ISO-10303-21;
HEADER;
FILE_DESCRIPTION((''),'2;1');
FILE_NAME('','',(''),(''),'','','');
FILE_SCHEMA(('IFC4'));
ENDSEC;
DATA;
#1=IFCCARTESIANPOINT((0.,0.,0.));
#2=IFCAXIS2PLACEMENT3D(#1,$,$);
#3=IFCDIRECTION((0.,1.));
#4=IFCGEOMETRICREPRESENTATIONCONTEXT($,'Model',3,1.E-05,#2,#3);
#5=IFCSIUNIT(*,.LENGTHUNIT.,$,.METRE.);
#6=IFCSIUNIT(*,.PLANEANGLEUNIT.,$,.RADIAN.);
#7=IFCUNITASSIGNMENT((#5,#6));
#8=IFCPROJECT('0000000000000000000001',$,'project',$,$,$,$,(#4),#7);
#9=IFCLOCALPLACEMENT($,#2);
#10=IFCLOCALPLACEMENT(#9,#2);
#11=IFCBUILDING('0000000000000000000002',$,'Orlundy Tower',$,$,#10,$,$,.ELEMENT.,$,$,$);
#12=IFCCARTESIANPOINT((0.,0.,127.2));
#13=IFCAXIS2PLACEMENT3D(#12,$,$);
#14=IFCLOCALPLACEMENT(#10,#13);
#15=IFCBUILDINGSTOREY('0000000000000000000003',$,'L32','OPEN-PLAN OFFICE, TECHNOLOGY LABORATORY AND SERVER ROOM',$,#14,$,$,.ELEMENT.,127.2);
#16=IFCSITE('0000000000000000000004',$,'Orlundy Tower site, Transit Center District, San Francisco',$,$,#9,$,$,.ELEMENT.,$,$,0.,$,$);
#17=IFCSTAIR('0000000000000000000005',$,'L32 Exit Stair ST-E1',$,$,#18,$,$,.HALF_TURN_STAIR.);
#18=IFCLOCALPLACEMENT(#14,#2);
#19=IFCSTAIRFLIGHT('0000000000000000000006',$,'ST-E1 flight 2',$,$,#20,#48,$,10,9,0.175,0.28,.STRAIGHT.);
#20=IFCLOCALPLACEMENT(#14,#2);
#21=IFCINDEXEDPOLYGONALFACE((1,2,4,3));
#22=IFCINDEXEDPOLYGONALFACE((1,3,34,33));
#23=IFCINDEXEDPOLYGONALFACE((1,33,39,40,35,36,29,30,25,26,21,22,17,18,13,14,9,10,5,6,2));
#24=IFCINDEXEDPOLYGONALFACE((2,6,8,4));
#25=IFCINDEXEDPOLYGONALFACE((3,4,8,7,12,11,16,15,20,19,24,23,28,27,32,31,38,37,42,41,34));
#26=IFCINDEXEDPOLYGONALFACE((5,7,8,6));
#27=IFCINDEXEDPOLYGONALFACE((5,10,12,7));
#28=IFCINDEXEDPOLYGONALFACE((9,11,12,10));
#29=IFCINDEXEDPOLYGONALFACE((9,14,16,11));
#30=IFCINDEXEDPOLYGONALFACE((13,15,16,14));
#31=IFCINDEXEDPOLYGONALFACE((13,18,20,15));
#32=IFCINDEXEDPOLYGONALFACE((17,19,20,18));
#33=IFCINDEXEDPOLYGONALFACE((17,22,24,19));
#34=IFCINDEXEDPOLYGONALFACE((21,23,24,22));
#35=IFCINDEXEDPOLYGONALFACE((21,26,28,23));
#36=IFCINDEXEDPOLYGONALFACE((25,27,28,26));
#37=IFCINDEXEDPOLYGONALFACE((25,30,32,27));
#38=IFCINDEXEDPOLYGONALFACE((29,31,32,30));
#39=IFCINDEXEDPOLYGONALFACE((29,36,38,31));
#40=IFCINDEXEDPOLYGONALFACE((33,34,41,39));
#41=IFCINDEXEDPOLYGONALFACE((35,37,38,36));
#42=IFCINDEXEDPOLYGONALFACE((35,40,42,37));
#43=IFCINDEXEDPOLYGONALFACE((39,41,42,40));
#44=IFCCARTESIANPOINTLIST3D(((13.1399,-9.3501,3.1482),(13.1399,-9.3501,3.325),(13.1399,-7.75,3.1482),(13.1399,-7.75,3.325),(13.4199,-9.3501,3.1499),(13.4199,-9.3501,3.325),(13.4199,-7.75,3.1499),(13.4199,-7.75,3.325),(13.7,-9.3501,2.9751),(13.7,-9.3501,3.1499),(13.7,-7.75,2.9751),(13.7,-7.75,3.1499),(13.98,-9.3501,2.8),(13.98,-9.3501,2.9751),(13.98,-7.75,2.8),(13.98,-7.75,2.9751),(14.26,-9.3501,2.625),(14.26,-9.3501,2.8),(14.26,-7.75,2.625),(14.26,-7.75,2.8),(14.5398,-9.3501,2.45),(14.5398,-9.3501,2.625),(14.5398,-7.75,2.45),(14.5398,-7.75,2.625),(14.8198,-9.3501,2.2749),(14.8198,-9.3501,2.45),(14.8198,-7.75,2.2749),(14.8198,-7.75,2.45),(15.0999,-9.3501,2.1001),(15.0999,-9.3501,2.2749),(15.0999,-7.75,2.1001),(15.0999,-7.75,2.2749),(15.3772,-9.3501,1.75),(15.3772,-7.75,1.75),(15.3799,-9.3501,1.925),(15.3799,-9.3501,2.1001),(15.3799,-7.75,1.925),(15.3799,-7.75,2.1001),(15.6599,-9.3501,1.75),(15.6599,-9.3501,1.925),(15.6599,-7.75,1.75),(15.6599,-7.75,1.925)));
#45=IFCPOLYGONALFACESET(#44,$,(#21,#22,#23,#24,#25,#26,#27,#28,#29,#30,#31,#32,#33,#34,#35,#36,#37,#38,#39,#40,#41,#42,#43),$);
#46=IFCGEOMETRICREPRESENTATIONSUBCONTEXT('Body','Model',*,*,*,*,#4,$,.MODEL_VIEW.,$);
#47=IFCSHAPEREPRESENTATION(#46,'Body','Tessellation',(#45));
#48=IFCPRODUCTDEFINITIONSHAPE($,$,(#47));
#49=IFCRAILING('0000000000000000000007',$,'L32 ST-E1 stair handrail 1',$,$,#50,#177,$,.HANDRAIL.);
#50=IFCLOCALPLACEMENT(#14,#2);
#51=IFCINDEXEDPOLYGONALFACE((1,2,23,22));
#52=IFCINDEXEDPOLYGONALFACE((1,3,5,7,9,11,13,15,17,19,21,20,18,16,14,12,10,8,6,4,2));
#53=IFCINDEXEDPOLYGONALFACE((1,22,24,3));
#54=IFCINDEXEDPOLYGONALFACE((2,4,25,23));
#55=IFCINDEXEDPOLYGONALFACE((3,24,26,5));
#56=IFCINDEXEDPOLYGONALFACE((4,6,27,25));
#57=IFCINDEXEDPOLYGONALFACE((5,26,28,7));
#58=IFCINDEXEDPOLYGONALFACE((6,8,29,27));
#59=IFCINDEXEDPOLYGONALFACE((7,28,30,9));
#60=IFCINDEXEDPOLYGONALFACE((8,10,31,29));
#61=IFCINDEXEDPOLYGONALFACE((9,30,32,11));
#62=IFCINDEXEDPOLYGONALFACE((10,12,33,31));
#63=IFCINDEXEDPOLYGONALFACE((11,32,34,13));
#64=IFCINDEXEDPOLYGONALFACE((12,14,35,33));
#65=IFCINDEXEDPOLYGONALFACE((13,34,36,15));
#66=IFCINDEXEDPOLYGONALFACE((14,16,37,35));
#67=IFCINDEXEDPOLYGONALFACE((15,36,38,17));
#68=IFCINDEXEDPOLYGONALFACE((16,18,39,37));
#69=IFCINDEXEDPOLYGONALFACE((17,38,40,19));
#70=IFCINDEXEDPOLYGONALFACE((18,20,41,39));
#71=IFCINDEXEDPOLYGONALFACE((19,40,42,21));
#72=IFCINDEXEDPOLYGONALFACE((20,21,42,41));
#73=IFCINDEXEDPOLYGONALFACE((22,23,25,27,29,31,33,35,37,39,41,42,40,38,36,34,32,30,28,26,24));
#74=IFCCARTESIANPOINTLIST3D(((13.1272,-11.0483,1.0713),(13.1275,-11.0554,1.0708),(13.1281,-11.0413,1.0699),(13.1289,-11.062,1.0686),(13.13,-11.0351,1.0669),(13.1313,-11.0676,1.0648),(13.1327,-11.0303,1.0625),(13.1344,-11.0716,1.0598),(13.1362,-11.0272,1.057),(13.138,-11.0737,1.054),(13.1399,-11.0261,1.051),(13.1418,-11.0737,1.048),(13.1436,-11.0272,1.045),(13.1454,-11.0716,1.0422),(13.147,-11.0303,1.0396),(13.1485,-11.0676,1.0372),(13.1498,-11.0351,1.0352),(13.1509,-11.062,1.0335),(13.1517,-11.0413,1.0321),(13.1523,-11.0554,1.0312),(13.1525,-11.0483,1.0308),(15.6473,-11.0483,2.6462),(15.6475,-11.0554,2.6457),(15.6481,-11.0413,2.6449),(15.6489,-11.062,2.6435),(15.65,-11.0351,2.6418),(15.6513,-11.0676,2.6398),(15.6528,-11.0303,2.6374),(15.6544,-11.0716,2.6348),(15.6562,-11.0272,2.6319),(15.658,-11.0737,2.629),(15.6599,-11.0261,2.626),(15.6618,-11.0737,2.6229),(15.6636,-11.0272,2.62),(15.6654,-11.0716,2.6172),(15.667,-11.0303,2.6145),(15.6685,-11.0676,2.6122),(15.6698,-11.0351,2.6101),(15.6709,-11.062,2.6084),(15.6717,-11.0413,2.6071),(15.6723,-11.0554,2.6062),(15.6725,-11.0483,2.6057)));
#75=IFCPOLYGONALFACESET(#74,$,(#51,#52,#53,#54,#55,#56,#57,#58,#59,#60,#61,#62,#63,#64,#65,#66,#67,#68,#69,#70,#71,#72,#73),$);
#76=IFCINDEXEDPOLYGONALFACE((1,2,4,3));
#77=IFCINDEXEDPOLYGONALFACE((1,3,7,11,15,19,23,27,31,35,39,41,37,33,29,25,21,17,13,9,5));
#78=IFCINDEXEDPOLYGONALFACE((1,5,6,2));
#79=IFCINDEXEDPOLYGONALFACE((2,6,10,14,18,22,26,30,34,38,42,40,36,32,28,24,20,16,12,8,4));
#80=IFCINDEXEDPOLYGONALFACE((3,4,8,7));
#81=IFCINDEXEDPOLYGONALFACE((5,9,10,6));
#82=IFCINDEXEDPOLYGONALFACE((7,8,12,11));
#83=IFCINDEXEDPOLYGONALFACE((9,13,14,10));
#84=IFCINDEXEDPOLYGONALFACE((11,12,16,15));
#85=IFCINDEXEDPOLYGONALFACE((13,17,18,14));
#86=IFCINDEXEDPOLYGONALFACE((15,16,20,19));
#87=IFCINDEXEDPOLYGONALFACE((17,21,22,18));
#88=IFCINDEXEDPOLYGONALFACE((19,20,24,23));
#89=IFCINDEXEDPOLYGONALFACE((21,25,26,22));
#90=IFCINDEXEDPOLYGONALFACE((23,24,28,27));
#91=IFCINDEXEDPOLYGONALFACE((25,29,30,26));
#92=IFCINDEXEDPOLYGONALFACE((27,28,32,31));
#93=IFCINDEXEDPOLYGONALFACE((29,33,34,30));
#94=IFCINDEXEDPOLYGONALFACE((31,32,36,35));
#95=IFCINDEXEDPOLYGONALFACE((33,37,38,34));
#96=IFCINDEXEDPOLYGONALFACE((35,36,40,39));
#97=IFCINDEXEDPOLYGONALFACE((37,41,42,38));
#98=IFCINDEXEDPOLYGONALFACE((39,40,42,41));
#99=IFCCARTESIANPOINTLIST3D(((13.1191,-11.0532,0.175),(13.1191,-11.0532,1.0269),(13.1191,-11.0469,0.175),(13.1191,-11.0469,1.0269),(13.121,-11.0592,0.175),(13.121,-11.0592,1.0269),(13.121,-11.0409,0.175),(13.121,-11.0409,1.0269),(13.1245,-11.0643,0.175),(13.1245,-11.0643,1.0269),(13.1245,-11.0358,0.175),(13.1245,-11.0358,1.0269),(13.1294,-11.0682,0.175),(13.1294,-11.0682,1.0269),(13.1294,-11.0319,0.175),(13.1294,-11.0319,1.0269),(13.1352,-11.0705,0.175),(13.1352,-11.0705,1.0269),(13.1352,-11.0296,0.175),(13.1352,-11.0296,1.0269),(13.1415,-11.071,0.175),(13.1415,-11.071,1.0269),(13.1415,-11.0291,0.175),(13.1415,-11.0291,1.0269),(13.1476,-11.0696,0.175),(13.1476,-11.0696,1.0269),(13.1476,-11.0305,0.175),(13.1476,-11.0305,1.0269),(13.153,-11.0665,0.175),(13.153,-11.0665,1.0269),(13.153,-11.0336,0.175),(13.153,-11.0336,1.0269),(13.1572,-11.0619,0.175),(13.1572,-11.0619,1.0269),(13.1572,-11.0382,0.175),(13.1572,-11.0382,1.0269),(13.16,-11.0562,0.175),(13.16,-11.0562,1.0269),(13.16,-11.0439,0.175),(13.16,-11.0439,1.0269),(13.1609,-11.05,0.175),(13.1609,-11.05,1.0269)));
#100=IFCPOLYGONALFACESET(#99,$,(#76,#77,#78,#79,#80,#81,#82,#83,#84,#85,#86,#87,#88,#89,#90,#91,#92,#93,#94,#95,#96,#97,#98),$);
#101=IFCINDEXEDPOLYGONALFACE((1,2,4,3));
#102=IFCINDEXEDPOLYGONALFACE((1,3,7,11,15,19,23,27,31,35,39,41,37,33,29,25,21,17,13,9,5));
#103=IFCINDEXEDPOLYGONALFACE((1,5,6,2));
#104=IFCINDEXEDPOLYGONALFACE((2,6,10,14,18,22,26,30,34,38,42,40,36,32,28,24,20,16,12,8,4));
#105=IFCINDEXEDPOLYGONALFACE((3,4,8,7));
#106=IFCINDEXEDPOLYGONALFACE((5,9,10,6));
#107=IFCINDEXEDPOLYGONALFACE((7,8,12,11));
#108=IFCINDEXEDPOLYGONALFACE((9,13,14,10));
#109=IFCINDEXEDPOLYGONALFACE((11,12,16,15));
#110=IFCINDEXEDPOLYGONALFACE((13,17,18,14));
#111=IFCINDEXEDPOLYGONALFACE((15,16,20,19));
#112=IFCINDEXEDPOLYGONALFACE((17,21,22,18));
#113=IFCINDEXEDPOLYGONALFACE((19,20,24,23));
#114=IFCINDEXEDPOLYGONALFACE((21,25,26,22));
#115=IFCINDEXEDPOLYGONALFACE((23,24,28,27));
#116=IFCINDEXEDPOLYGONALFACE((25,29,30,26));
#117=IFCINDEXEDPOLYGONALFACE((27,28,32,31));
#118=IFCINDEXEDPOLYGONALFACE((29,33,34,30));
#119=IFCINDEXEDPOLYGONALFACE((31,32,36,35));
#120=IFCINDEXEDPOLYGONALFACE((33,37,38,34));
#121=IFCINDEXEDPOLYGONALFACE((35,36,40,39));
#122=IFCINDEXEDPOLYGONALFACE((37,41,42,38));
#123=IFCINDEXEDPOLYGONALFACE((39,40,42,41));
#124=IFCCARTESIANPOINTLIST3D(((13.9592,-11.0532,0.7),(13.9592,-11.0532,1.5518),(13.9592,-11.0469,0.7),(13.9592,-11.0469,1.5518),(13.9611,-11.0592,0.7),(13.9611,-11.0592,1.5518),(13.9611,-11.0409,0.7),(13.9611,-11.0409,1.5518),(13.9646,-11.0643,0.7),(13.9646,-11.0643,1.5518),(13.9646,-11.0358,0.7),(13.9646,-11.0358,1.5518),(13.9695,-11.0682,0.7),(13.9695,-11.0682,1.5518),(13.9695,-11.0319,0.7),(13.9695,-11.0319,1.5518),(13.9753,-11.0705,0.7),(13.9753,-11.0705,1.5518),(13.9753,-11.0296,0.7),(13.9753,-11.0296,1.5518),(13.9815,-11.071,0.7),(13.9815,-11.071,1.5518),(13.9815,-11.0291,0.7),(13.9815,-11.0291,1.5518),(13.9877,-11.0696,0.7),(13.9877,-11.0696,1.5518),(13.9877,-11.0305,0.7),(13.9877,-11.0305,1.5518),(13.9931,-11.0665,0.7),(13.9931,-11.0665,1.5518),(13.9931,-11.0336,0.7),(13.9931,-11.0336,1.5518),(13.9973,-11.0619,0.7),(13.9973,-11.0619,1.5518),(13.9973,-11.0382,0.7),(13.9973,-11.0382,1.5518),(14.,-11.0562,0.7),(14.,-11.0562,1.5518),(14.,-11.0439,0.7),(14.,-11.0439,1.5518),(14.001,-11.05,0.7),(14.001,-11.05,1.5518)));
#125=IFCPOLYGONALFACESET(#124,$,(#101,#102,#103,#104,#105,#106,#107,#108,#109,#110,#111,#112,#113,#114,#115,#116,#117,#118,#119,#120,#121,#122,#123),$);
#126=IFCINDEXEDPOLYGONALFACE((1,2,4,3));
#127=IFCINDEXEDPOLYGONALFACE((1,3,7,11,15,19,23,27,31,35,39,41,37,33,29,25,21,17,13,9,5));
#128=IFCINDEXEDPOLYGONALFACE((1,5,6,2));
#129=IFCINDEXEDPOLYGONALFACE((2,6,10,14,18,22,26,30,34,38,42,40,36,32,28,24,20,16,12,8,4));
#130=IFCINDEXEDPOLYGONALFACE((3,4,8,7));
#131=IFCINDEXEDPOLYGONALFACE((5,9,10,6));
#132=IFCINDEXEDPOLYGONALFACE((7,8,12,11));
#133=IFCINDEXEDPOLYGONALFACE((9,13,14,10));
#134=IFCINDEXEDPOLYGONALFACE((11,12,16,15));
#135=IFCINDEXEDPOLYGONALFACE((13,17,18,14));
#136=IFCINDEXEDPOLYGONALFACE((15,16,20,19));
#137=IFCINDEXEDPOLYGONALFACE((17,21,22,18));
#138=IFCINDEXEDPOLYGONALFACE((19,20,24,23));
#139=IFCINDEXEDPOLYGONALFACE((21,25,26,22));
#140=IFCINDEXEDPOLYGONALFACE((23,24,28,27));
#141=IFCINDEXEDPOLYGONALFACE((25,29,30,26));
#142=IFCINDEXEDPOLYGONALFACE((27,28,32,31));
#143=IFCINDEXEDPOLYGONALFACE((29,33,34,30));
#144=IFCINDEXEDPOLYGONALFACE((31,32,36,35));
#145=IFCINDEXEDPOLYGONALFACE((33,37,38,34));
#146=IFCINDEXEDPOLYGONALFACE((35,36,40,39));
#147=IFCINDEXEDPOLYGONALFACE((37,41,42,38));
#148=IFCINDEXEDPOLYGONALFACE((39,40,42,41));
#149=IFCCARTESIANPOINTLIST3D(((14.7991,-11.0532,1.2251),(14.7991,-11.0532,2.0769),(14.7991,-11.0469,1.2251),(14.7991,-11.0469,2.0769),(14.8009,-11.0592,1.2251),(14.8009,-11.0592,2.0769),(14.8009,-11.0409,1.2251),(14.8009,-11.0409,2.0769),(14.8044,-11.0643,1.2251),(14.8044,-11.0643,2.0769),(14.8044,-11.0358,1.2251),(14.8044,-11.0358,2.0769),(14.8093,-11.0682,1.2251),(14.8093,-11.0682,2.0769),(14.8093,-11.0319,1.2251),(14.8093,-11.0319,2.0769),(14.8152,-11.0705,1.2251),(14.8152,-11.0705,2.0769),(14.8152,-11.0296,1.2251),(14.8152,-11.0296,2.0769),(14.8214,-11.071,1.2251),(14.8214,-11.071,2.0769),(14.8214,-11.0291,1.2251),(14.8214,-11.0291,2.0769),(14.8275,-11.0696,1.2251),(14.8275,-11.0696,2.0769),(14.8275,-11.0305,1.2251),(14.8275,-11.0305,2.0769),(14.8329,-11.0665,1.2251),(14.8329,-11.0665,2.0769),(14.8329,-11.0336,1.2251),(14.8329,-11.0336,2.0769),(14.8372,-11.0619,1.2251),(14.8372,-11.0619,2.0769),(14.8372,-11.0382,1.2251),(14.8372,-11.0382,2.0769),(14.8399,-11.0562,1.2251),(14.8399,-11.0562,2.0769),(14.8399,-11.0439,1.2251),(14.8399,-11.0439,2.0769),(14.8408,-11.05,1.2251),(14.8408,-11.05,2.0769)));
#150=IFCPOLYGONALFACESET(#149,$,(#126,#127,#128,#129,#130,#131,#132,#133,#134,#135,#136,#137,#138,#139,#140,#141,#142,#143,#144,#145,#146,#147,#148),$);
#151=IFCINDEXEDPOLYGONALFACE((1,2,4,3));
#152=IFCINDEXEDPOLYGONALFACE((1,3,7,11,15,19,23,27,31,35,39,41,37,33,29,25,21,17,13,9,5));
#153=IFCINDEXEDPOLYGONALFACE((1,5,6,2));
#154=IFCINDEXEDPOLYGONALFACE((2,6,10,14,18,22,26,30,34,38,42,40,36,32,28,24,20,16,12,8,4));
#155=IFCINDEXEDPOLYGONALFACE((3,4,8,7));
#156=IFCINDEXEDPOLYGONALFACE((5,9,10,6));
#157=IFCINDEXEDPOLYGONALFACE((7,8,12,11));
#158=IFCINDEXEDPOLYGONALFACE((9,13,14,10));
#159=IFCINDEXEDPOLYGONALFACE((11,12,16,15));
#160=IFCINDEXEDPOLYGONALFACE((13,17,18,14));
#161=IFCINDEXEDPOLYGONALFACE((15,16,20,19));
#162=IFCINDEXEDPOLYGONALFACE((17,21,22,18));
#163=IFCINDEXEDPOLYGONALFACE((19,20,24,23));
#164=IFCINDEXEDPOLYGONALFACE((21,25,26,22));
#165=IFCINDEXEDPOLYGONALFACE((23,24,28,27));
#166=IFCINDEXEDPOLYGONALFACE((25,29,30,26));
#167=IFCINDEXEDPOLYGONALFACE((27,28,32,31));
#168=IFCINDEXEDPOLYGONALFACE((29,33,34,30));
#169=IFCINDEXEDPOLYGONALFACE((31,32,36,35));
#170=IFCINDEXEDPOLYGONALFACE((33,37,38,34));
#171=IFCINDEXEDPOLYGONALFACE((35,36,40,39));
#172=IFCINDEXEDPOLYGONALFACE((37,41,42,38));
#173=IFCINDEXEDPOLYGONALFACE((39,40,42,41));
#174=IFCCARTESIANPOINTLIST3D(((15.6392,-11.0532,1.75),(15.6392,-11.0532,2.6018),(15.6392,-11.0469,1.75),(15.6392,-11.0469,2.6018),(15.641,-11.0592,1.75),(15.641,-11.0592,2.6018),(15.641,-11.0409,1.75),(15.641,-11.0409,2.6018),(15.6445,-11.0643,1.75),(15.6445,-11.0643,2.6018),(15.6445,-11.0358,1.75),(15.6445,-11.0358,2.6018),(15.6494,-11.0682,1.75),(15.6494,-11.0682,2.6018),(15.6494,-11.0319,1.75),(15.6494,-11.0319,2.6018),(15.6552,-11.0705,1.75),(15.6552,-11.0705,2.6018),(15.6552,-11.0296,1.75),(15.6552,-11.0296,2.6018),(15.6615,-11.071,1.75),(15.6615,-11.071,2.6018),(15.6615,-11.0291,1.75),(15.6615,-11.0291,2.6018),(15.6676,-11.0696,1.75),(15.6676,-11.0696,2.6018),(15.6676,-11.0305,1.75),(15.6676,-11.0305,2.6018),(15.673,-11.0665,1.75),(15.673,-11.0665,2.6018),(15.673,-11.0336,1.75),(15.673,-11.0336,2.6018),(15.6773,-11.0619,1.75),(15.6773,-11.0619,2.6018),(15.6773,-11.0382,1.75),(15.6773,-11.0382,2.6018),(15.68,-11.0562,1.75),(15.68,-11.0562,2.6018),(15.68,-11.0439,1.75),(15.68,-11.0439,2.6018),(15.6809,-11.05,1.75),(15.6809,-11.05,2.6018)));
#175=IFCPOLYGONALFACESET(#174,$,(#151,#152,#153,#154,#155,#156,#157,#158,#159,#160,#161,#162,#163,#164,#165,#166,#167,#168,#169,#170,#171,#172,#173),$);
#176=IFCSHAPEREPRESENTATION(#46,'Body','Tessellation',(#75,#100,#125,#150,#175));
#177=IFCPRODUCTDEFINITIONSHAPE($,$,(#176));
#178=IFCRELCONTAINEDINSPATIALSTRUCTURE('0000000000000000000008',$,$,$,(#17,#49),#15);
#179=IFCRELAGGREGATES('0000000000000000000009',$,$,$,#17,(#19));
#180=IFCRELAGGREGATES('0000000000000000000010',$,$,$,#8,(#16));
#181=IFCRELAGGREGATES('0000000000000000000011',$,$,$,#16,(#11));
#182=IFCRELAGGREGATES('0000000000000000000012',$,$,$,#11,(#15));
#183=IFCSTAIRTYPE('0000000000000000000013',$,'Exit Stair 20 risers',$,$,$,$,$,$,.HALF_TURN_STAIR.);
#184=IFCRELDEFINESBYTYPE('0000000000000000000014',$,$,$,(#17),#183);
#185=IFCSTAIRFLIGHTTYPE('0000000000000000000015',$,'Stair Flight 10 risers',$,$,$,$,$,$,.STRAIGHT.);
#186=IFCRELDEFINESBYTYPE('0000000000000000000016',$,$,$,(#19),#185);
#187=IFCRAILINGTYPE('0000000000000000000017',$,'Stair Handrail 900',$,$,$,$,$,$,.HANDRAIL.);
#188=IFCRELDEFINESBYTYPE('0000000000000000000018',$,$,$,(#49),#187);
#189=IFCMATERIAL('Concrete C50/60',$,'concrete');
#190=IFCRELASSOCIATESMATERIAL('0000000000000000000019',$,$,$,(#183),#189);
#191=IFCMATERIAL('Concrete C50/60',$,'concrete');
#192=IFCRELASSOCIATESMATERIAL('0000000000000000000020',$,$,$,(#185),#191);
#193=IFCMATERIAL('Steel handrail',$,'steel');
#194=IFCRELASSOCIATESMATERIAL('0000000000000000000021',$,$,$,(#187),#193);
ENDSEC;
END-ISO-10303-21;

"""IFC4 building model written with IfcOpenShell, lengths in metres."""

from ifc_helpers import new_model, si_unit, direction, frame, origin, origin_2d, place, context, subcontext, project, spatial, polyline, circle, outline, extrude, material, type_object, element, aggregate, save


model = new_model("IFC4")

# Units and contexts
model_context = context("Model", 3, precision=1e-05, world=origin(), true_north=direction((0.0, 1.0)))
body_context = subcontext(model_context, "Body", "Model", "MODEL_VIEW")
ifc_project = project(units=[si_unit("LENGTHUNIT", "METRE"), si_unit("PLANEANGLEUNIT", "RADIAN")], contexts=[model_context])

# Site, building, storey
site_placement = place(None, origin())
site = spatial("IfcSite", under=ifc_project, at=site_placement, Name="Orlundy Tower site, Transit Center District, San Francisco", CompositionType="ELEMENT", RefElevation=0.0)
building_placement = place(site_placement, origin())
building = spatial("IfcBuilding", under=site, at=building_placement, Name="Orlundy Tower", CompositionType="ELEMENT")
storey_placement = place(building_placement, frame((0.0, 0.0, 127.2)))
storey = spatial("IfcBuildingStorey", under=building, at=storey_placement, Name="L32", Description="OPEN-PLAN OFFICE, TECHNOLOGY LABORATORY AND SERVER ROOM", CompositionType="ELEMENT", Elevation=127.2)

# Stair, stair flight
ifc_material_1 = material(Name="Concrete C50/60", Category="concrete")
stair_type = type_object("IfcStairType", Name="Exit Stair 20 risers", PredefinedType="HALF_TURN_STAIR", material=ifc_material_1)
stair_placement = place(storey_placement, origin())
stair = element("IfcStair", 1, at=stair_placement, inside=storey, type_object=stair_type, Name="L32 Exit Stair ST-E1", PredefinedType="HALF_TURN_STAIR")
ifc_material_2 = material(Name="Concrete C50/60", Category="concrete")
stair_flight_type = type_object("IfcStairFlightType", Name="Stair Flight 10 risers", PredefinedType="STRAIGHT", material=ifc_material_2)
stair_flight_1_placement = place(storey_placement, frame((15.6599, -8.55, 1.75), z_axis=(0.0, 0.0, 1.0), x_axis=(-1.0, 0.0, 0.0)))
stair_flight_1 = element("IfcStairFlight", 2, at=stair_flight_1_placement, type_object=stair_flight_type, Name="ST-E1 flight 2", NumberOfRisers=10, NumberOfTreads=9, PredefinedType="STRAIGHT", RiserHeight=0.175, TreadLength=0.28, context=body_context, shape_type="SweptSolid", body=[
    extrude(outline(polyline([(0.0, 0.0), (0.0, 0.175), (0.28, 0.175), (0.28, 0.3501), (0.5601, 0.3501), (0.5601, 0.5249), (0.8401, 0.5249), (0.8401, 0.7), (1.1201, 0.7), (1.1201, 0.875), (1.3999, 0.875), (1.3999, 1.05), (1.6799, 1.05), (1.6799, 1.2251), (1.96, 1.2251), (1.96, 1.3999), (2.24, 1.3999), (2.24, 1.575), (2.52, 1.575), (2.52, 1.75), (2.52, 1.3982), (0.2827, 0.0), (0.0, 0.0)])), frame((0.0, 0.8, 0.0), z_axis=(0.0, -1.0, 0.0), x_axis=(1.0, 0.0, 0.0)), (0.0, 0.0, 1.0), 1.6001),
])
aggregate(stair, [stair_flight_1])

# Railing
ifc_material_3 = material(Name="Steel handrail", Category="steel")
railing_type_1 = type_object("IfcRailingType", Name="Stair Handrail 900", PredefinedType="HANDRAIL", material=ifc_material_3)
railing_1_placement = place(storey_placement, frame((13.1399, -11.05, 0.175)))
element("IfcRailing", 3, at=railing_1_placement, inside=storey, type_object=railing_type_1, Name="L32 ST-E1 stair handrail 1", PredefinedType="HANDRAIL", context=body_context, shape_type="SweptSolid", body=[
    extrude(circle(Radius=0.0239, at=origin_2d()), frame((0.0, 0.0, 0.876), z_axis=(0.848008, 0.0, 0.529984), x_axis=(0.0, 1.0, 0.0)), (0.0, 0.0, 1.0), 2.9717),
    extrude(circle(Radius=0.021, at=origin_2d()), origin(), (0.0, 0.0, 1.0), 0.8518),
    extrude(circle(Radius=0.021, at=origin_2d()), frame((0.8401, 0.0, 0.5249)), (0.0, 0.0, 1.0), 0.8518),
    extrude(circle(Radius=0.021, at=origin_2d()), frame((1.6799, 0.0, 1.05)), (0.0, 0.0, 1.0), 0.8518),
    extrude(circle(Radius=0.021, at=origin_2d()), frame((2.52, 0.0, 1.575)), (0.0, 0.0, 1.0), 0.8518),
])

save(model, "model.ifc")
